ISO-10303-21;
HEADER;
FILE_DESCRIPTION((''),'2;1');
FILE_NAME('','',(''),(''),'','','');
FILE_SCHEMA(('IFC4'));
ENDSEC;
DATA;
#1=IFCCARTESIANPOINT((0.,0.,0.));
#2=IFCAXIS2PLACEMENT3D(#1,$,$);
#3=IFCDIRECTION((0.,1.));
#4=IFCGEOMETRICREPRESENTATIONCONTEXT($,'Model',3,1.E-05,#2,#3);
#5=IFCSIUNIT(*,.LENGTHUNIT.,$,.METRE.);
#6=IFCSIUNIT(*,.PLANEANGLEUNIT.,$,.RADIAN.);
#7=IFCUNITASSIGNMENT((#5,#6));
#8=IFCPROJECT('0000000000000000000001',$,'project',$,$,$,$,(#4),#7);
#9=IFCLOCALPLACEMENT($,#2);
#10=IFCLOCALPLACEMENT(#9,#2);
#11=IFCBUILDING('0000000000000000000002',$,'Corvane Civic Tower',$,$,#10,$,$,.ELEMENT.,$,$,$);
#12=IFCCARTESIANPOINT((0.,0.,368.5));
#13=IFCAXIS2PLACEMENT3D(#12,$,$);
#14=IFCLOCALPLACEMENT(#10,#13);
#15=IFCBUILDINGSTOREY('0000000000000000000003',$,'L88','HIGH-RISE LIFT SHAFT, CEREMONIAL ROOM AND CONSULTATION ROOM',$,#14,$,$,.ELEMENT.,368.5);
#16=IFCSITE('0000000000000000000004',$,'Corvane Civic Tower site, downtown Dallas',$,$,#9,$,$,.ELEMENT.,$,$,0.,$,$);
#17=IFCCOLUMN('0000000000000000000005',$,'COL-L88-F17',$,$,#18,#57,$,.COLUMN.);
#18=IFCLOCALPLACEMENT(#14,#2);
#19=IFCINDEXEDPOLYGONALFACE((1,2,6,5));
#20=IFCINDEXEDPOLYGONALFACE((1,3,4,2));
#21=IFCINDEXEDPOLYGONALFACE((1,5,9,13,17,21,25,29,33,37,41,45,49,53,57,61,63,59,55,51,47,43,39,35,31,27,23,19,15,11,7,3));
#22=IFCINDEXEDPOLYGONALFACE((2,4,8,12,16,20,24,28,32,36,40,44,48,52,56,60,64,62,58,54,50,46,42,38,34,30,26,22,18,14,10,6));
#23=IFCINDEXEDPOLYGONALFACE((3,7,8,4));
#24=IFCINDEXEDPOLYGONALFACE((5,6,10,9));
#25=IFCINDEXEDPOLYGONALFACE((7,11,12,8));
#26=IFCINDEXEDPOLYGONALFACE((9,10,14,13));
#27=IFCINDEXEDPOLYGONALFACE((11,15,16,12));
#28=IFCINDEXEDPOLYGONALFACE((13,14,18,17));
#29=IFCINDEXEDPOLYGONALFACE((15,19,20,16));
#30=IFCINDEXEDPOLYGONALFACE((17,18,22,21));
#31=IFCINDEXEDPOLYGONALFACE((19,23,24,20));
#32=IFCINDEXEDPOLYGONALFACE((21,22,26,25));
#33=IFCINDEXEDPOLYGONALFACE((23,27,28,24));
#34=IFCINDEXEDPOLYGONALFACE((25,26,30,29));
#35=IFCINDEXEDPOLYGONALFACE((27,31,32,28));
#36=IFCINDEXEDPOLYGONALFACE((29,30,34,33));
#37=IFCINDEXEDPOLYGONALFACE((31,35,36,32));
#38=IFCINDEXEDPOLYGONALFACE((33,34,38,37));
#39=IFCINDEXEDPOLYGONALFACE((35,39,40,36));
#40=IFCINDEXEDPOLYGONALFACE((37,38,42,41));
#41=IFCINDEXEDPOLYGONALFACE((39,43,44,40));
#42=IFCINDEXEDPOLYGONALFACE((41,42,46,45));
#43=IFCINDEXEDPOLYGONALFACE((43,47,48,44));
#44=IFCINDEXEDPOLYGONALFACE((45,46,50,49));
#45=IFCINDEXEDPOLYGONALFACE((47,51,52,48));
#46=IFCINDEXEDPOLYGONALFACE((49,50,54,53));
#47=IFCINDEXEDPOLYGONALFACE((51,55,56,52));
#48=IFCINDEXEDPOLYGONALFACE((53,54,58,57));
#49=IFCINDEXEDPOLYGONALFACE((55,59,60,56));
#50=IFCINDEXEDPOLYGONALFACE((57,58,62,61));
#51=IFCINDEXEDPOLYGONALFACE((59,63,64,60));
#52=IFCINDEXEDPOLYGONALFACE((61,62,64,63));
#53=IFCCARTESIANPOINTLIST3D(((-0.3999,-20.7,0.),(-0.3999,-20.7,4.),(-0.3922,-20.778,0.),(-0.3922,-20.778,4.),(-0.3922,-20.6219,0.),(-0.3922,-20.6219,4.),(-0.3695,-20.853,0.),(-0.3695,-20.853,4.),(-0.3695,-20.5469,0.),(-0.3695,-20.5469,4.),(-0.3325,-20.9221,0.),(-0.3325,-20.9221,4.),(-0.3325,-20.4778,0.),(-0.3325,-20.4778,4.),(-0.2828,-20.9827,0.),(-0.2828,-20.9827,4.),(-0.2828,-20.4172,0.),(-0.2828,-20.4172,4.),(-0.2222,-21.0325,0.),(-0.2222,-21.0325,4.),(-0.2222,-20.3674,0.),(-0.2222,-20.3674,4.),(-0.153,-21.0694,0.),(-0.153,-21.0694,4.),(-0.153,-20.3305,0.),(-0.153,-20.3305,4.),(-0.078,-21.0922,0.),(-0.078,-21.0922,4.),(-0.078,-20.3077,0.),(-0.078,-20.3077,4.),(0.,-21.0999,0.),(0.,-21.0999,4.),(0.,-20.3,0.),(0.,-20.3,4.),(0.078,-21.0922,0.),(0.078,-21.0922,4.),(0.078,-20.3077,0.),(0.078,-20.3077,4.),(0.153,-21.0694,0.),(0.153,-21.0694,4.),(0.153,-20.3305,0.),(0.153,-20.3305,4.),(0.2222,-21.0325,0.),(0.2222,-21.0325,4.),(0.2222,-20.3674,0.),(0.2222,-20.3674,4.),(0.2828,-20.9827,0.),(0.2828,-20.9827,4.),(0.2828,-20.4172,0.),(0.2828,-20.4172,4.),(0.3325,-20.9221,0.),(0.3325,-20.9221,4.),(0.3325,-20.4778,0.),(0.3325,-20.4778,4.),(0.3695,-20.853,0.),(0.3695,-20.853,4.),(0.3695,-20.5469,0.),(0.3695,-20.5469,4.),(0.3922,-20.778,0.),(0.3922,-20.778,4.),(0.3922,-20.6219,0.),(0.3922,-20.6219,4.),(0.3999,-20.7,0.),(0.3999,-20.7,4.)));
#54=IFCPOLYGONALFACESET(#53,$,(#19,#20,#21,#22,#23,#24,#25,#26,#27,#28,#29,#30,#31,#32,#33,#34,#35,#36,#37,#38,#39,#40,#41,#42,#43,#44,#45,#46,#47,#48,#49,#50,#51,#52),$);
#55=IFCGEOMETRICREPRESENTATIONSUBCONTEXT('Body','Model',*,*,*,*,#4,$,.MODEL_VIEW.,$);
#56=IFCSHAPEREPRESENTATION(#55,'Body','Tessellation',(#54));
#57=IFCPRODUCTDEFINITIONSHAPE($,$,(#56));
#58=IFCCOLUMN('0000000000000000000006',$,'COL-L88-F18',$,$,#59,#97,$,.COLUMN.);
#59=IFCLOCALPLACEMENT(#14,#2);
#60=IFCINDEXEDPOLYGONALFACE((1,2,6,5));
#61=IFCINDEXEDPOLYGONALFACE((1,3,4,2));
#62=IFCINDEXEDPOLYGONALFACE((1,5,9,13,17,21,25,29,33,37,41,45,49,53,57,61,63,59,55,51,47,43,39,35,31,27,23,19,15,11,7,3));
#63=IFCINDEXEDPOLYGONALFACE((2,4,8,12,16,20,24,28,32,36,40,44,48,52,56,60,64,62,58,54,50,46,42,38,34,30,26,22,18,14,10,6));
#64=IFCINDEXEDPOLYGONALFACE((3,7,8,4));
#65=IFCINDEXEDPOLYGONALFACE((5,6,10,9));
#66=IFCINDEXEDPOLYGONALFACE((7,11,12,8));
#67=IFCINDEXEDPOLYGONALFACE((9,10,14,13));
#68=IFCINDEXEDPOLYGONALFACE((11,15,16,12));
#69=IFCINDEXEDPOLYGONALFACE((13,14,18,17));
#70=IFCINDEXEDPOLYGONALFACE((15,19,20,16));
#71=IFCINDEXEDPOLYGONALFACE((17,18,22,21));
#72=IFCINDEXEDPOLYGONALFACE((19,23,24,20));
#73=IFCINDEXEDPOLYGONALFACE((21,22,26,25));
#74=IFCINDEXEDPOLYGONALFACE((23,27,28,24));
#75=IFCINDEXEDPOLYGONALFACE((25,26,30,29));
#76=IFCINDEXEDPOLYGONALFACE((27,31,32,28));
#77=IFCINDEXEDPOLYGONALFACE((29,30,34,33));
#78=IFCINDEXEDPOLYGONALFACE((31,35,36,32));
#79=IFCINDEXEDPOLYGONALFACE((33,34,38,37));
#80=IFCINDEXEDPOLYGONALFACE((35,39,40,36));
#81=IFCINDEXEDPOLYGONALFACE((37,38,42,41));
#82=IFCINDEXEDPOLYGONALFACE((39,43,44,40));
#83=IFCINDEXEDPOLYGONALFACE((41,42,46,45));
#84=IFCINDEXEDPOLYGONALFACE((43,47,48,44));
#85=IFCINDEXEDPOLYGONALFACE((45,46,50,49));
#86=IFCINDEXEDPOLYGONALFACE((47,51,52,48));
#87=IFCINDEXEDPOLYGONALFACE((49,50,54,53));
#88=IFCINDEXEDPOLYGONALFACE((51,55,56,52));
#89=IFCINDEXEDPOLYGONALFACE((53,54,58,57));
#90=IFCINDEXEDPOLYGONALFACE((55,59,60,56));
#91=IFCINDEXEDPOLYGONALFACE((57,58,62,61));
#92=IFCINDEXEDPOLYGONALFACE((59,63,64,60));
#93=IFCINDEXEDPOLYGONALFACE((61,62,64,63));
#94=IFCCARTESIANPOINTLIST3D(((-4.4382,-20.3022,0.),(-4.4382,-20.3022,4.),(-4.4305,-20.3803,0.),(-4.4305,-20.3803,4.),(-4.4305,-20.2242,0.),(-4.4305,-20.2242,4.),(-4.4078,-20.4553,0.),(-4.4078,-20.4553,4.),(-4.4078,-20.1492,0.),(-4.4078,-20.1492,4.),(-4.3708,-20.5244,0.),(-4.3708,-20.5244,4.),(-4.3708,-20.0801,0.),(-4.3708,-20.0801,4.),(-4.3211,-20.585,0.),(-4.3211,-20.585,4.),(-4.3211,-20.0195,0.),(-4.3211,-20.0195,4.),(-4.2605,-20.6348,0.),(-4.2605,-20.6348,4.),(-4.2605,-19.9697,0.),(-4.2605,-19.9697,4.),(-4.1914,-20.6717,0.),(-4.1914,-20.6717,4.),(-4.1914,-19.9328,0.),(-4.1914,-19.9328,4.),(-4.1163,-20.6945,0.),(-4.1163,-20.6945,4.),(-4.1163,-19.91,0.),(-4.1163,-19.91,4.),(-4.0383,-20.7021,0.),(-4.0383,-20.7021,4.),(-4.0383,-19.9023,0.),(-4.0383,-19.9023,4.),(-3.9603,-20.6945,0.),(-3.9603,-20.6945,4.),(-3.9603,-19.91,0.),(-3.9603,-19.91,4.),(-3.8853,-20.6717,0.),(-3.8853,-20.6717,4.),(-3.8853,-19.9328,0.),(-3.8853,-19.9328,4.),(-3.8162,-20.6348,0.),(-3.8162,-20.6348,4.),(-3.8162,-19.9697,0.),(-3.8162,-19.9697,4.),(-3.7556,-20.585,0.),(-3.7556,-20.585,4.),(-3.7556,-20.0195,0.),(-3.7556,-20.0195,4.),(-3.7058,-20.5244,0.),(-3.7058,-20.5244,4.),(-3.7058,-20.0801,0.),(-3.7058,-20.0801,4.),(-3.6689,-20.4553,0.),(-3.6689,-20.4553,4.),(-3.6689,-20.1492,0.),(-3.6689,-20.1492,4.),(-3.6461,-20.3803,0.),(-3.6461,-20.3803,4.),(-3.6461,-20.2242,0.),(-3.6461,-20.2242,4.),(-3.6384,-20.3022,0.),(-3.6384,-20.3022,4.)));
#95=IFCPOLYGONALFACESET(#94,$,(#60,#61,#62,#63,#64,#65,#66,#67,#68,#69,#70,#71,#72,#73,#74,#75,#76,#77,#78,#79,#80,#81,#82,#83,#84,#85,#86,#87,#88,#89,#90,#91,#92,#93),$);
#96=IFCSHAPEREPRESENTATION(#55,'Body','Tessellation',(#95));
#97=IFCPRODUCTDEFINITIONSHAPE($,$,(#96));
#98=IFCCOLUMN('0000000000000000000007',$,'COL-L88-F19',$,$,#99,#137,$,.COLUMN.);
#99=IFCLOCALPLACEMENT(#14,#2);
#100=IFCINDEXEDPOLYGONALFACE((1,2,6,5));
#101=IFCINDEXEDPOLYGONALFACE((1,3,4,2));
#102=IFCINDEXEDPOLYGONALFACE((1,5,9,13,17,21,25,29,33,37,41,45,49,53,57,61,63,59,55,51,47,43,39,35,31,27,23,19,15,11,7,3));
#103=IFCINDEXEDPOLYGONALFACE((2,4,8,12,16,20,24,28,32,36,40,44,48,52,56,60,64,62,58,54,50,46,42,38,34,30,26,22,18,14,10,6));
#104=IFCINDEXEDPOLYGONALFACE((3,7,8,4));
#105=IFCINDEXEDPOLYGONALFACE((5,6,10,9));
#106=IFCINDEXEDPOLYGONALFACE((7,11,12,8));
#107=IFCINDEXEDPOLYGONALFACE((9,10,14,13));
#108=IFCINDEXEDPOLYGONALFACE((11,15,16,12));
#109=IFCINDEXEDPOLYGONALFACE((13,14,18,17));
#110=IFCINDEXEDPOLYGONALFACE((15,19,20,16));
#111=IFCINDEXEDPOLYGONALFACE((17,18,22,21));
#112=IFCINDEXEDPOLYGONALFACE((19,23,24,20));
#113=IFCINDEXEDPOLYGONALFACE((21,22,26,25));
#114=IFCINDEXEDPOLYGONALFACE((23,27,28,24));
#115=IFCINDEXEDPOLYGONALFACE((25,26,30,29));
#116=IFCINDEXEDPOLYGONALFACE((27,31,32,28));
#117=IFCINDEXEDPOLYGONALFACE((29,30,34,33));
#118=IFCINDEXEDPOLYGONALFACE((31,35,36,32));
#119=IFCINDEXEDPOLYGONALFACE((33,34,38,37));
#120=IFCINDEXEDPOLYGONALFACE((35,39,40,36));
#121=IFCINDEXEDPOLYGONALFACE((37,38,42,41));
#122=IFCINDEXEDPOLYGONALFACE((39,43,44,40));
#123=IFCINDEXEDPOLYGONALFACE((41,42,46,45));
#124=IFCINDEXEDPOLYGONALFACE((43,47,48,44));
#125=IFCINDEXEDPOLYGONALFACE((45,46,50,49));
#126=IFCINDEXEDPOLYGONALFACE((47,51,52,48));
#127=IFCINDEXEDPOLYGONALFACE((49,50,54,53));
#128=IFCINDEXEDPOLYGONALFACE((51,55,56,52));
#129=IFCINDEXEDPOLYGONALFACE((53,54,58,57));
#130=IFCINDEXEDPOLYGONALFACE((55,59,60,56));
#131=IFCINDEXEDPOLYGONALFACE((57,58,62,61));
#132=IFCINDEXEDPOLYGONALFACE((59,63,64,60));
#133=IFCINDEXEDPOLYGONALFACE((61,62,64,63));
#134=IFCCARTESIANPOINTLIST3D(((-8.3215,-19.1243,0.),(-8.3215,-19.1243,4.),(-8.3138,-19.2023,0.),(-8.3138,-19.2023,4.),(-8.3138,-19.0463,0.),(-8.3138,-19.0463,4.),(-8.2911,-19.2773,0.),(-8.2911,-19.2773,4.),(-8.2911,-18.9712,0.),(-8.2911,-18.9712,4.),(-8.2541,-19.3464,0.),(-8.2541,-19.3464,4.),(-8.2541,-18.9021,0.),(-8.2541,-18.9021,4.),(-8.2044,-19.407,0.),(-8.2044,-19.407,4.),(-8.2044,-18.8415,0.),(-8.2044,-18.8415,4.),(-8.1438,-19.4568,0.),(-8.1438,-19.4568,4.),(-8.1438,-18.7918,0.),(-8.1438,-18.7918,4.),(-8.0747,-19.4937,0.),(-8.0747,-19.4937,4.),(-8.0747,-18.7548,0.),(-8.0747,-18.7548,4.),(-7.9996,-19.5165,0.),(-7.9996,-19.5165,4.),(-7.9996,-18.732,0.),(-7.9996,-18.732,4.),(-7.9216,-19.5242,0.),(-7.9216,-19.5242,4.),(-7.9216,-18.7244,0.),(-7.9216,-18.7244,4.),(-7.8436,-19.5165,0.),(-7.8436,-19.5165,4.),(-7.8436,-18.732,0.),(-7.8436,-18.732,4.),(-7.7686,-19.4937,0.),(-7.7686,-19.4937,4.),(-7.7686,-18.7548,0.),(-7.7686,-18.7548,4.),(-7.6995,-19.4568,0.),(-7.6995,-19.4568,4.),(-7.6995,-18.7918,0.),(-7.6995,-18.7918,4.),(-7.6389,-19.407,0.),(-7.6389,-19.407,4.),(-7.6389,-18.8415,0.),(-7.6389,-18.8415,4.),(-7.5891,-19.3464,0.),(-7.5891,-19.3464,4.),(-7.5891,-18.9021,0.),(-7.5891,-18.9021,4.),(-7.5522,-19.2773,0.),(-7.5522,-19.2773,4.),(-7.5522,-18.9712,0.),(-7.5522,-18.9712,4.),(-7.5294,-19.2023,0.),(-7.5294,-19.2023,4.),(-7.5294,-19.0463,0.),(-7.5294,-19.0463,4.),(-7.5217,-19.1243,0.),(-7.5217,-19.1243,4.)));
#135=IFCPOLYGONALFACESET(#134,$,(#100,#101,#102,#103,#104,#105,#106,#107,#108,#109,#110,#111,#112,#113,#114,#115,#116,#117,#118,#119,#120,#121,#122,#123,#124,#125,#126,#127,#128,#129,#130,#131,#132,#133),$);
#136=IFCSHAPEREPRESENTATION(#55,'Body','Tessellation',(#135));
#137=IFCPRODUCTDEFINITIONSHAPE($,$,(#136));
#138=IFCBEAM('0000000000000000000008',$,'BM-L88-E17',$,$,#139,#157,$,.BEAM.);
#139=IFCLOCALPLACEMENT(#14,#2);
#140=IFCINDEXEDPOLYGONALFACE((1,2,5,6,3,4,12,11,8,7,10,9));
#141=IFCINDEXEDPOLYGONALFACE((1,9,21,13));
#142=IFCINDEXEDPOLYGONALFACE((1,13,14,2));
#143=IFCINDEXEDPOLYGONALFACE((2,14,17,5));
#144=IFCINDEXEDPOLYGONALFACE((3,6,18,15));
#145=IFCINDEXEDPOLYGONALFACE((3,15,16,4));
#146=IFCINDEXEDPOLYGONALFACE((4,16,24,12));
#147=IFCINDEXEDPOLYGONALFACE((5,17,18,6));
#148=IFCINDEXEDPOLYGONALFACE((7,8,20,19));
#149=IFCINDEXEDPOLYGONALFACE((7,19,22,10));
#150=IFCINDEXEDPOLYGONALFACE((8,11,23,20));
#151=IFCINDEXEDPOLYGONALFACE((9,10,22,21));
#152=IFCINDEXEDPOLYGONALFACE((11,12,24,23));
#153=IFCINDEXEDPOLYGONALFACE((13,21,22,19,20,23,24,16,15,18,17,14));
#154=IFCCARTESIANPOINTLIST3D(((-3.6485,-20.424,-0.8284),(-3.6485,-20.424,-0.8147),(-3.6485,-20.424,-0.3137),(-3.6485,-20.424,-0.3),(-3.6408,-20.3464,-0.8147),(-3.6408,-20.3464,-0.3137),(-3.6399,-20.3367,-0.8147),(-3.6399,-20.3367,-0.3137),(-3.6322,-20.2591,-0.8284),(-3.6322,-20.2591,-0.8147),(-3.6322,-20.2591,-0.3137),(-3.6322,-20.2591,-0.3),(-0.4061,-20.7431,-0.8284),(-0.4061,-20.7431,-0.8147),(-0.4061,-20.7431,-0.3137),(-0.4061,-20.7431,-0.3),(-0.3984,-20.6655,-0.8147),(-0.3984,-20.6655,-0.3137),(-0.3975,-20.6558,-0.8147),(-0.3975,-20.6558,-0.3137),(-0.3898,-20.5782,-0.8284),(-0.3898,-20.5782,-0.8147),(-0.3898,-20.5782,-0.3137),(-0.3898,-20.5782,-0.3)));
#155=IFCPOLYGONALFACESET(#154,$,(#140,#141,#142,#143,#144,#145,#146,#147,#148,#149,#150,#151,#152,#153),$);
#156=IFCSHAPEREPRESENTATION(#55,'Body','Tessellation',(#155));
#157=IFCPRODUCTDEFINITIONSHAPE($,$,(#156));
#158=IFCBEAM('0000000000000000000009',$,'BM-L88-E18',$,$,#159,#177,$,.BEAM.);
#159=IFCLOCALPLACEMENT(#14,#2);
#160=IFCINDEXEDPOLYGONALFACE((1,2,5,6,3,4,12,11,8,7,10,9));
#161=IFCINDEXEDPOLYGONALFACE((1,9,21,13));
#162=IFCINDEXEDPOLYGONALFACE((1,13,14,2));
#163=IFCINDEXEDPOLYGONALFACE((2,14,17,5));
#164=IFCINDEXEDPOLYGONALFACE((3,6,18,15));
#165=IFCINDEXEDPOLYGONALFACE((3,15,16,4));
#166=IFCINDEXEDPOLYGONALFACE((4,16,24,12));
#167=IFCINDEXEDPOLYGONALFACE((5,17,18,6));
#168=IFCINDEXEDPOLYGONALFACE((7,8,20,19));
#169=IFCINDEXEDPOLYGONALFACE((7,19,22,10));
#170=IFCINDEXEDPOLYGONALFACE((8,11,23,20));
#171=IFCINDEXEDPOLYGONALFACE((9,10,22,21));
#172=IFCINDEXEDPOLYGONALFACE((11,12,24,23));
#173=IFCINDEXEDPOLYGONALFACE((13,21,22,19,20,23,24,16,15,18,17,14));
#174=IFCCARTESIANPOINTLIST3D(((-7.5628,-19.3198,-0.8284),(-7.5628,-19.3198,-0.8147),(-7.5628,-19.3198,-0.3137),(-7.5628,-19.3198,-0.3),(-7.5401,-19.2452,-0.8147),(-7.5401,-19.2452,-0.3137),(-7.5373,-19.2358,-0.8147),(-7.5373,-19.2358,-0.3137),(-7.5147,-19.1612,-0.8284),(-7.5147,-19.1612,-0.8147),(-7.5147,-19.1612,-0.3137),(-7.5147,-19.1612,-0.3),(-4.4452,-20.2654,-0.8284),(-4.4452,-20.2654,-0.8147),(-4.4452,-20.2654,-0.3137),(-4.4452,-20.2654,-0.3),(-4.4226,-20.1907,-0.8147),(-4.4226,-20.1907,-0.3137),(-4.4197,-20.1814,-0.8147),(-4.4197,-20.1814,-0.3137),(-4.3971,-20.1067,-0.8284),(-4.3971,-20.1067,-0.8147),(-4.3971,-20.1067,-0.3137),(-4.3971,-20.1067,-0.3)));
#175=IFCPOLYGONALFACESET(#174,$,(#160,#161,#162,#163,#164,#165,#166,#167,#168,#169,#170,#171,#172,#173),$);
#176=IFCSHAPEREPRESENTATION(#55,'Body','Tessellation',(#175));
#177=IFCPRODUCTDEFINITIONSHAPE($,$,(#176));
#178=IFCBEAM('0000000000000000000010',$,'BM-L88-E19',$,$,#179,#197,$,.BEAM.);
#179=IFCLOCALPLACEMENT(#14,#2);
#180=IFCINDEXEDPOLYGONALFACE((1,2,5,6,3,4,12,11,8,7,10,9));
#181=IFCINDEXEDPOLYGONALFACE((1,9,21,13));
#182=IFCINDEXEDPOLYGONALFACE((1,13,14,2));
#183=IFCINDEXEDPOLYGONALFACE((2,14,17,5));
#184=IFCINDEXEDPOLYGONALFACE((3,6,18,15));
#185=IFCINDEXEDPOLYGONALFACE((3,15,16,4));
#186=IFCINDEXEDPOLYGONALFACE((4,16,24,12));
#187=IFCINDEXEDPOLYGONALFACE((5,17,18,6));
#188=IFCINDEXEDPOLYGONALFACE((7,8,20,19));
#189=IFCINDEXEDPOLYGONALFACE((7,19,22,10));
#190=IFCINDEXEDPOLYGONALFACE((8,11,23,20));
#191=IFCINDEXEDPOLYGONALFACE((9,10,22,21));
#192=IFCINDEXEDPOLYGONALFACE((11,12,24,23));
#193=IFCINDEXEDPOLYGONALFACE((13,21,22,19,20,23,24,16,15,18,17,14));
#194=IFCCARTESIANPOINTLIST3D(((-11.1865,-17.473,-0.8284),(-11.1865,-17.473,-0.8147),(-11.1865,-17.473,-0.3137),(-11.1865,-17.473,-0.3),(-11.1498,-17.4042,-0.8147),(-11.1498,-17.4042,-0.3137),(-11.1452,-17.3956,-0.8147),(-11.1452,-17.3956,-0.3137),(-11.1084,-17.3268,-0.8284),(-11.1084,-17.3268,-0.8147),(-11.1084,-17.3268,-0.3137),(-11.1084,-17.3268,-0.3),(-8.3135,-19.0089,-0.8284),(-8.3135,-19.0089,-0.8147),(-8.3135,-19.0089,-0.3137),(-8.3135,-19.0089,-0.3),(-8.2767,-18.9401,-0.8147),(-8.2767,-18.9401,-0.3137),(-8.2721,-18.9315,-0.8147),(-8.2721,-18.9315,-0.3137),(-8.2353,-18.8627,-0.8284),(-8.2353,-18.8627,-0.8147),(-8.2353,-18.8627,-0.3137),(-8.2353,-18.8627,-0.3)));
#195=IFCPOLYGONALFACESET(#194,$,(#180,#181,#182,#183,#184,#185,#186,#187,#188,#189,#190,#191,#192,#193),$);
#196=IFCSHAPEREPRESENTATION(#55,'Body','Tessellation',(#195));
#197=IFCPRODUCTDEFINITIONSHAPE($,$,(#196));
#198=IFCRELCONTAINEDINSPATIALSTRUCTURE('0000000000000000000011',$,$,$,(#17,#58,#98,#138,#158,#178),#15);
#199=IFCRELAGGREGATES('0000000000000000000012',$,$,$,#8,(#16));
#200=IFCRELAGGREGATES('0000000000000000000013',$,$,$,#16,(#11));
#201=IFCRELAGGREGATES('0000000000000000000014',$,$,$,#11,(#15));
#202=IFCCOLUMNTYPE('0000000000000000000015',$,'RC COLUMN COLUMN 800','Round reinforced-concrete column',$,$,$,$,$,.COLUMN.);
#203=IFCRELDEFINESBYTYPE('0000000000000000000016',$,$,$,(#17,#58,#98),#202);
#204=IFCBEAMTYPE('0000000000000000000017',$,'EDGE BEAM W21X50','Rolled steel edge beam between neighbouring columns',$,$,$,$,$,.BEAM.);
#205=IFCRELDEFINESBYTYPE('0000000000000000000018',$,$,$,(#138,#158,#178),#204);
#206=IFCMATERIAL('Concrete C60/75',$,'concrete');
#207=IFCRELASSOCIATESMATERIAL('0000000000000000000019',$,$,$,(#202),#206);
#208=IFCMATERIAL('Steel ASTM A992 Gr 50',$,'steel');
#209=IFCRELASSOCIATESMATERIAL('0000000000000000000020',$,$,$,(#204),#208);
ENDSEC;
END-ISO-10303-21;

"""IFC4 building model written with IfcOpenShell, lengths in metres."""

from ifc_helpers import new_model, si_unit, direction, frame, origin, origin_2d, place, context, subcontext, project, spatial, circle, i_section, extrude, material, material_profile, profile_set, type_object, element, save


model = new_model("IFC4")

# Units and contexts
model_context = context("Model", 3, precision=1e-05, world=origin(), true_north=direction((0.0, 1.0)))
body_context = subcontext(model_context, "Body", "Model", "MODEL_VIEW")
ifc_project = project(units=[si_unit("LENGTHUNIT", "METRE"), si_unit("PLANEANGLEUNIT", "RADIAN")], contexts=[model_context])

# Site, building, storey
site_placement = place(None, origin())
site = spatial("IfcSite", under=ifc_project, at=site_placement, Name="Corvane Civic Tower site, downtown Dallas", CompositionType="ELEMENT", RefElevation=0.0)
building_placement = place(site_placement, origin())
building = spatial("IfcBuilding", under=site, at=building_placement, Name="Corvane Civic Tower", CompositionType="ELEMENT")
storey_placement = place(building_placement, frame((0.0, 0.0, 368.5)))
storey = spatial("IfcBuildingStorey", under=building, at=storey_placement, Name="L88", Description="HIGH-RISE LIFT SHAFT, CEREMONIAL ROOM AND CONSULTATION ROOM", CompositionType="ELEMENT", Elevation=368.5)

# Columns
ifc_material_1 = material(Name="Concrete C60/75", Category="concrete")
ifc_material_profile_1 = material_profile(ifc_material_1, circle(Radius=0.3999, at=origin_2d()), Name="COLUMN 800")
ifc_profile_set_1 = profile_set([ifc_material_profile_1], Name="Concrete C60/75")
column_type = type_object("IfcColumnType", Name="RC COLUMN COLUMN 800", Description="Round reinforced-concrete column", PredefinedType="COLUMN", material=ifc_profile_set_1)
for number, where, z_axis, x_axis, name in (
    (1, (0.0, -20.7, 0.0), (0.0, 0.0, 1.0), (1.0, 0.0, 0.0), "COL-L88-F17"),
    (2, (-4.0383, -20.3022, 0.0), (0.0, 0.0, 1.0), (1.0, 0.0, 0.0), "COL-L88-F18"),
    (3, (-7.9216, -19.1243, 0.0), (0.0, 0.0, 1.0), (1.0, 0.0, 0.0), "COL-L88-F19"),
):
    element("IfcColumn", number, at=place(storey_placement, frame(where, z_axis=z_axis, x_axis=x_axis)), inside=storey, type_object=column_type, Name=name, PredefinedType="COLUMN", context=body_context, shape_type="SweptSolid", body=[
        extrude(circle(Radius=0.3999, at=origin_2d()), origin(), (0.0, 0.0, 1.0), 4.0),
    ])

# Beams
ifc_material_2 = material(Name="Steel ASTM A992 Gr 50", Category="steel")
ifc_material_profile_2 = material_profile(ifc_material_2, i_section(OverallWidth=0.1658, OverallDepth=0.5283, WebThickness=0.0098, FlangeThickness=0.0137, at=origin_2d()), Name="W21X50")
ifc_profile_set_2 = profile_set([ifc_material_profile_2], Name="Steel ASTM A992 Gr 50")
beam_type = type_object("IfcBeamType", Name="EDGE BEAM W21X50", Description="Rolled steel edge beam between neighbouring columns", PredefinedType="BEAM", material=ifc_profile_set_2)
beam_placement = place(storey_placement, frame((-0.3979, -20.6606, -0.5642), z_axis=(-0.995193, 0.097938, 0.0), x_axis=(-0.097938, -0.995193, 0.0)))
element("IfcBeam", 4, at=beam_placement, inside=storey, type_object=beam_type, Name="BM-L88-E17", PredefinedType="BEAM", context=body_context, shape_type="SweptSolid", body=[
    extrude(i_section(OverallWidth=0.1658, OverallDepth=0.5283, WebThickness=0.0098, FlangeThickness=0.0137, at=origin_2d()), origin(), (0.0, 0.0, 1.0), 3.2581),
])
for number, where, z_axis, x_axis, name in (
    (5, (-4.4211, -20.186, -0.5642), (-0.956956, 0.290234, 0.0), (-0.290234, -0.956956, 0.0), "BM-L88-E18"),
    (6, (-8.2744, -18.9358, -0.5642), (-0.881894, 0.471448, 0.0), (-0.471448, -0.881894, 0.0), "BM-L88-E19"),
):
    element("IfcBeam", number, at=place(storey_placement, frame(where, z_axis=z_axis, x_axis=x_axis)), inside=storey, type_object=beam_type, Name=name, PredefinedType="BEAM", context=body_context, shape_type="SweptSolid", body=[
        extrude(i_section(OverallWidth=0.1658, OverallDepth=0.5283, WebThickness=0.0098, FlangeThickness=0.0137, at=origin_2d()), origin(), (0.0, 0.0, 1.0), 3.2578),
    ])

save(model, "model.ifc")
